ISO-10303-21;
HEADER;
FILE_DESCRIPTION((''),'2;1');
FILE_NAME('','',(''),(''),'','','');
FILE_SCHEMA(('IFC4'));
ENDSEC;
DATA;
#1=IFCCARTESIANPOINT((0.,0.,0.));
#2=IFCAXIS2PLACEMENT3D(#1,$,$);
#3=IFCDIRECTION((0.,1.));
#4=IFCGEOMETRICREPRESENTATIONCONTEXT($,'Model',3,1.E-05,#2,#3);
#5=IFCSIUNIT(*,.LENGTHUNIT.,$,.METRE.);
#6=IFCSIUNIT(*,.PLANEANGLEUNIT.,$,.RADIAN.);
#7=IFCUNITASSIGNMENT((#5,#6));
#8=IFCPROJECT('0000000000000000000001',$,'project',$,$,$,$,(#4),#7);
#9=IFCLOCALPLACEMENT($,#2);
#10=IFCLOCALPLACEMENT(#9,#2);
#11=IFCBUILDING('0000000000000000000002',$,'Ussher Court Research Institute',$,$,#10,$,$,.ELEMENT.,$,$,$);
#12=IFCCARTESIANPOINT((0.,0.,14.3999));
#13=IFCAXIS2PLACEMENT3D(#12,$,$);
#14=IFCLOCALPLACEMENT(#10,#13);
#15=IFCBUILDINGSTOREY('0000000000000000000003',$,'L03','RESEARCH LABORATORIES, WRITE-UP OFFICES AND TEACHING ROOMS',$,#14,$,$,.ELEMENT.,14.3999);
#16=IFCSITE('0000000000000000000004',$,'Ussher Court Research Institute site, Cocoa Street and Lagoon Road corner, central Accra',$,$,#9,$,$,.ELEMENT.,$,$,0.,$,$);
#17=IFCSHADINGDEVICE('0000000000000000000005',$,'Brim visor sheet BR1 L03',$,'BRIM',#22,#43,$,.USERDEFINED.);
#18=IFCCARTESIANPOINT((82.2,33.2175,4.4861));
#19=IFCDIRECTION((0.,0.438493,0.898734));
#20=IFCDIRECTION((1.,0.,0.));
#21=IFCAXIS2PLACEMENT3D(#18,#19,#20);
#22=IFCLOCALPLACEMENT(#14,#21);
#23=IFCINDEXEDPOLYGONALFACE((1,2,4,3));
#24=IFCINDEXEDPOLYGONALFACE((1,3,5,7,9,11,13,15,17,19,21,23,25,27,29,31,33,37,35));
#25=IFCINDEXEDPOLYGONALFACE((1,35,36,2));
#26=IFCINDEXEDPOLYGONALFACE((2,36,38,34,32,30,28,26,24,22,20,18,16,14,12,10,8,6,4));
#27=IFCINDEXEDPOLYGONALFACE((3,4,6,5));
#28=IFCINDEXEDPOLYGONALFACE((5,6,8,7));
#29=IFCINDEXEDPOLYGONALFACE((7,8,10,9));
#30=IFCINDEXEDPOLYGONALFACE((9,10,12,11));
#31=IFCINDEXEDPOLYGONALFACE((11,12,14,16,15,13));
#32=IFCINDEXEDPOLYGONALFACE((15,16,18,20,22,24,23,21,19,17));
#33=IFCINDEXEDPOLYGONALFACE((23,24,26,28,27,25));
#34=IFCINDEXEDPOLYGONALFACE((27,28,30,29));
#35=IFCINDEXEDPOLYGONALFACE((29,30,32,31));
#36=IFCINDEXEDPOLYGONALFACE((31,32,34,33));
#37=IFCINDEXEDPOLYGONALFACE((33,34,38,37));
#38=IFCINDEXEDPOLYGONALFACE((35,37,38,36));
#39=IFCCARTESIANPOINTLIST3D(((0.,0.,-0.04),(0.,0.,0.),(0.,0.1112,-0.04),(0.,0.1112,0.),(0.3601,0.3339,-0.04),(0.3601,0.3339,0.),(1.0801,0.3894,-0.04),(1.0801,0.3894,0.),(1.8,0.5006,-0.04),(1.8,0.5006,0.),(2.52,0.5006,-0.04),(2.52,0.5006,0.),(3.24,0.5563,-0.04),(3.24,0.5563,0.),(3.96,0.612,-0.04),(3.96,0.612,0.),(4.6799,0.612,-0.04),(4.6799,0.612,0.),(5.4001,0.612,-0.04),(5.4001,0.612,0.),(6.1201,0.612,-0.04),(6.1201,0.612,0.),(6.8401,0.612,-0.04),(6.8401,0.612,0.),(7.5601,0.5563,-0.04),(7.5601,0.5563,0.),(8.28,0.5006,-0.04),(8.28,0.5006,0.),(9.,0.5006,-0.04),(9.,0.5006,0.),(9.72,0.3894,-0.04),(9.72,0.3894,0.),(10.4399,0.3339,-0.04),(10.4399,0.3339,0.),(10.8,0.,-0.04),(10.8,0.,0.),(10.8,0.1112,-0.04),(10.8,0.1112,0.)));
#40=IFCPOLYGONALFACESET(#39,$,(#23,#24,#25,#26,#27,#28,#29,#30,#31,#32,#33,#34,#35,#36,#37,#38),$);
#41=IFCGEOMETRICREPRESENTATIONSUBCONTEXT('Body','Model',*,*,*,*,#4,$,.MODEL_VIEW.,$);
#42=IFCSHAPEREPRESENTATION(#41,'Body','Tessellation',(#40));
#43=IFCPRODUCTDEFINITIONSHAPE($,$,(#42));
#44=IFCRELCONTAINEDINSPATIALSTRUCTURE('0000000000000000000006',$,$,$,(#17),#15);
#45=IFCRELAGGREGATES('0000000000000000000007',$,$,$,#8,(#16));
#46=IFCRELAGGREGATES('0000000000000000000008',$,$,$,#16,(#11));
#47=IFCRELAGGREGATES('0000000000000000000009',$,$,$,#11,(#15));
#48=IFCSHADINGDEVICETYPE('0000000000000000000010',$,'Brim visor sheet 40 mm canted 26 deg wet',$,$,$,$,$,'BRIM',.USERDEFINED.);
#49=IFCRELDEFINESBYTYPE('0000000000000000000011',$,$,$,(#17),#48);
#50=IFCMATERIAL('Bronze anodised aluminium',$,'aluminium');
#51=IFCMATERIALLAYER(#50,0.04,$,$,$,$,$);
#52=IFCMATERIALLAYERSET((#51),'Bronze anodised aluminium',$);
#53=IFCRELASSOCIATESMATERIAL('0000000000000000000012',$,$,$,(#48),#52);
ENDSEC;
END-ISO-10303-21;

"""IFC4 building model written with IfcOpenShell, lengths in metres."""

from ifc_helpers import new_model, si_unit, direction, frame, origin, place, context, subcontext, project, spatial, polyline, outline, extrude, material, layer, layer_set, type_object, element, save


model = new_model("IFC4")

# Units and contexts
model_context = context("Model", 3, precision=1e-05, world=origin(), true_north=direction((0.0, 1.0)))
body_context = subcontext(model_context, "Body", "Model", "MODEL_VIEW")
ifc_project = project(units=[si_unit("LENGTHUNIT", "METRE"), si_unit("PLANEANGLEUNIT", "RADIAN")], contexts=[model_context])

# Site, building, storey
site_placement = place(None, origin())
site = spatial("IfcSite", under=ifc_project, at=site_placement, Name="Ussher Court Research Institute site, Cocoa Street and Lagoon Road corner, central Accra", CompositionType="ELEMENT", RefElevation=0.0)
building_placement = place(site_placement, origin())
building = spatial("IfcBuilding", under=site, at=building_placement, Name="Ussher Court Research Institute", CompositionType="ELEMENT")
storey_placement = place(building_placement, frame((0.0, 0.0, 14.3999)))
storey = spatial("IfcBuildingStorey", under=building, at=storey_placement, Name="L03", Description="RESEARCH LABORATORIES, WRITE-UP OFFICES AND TEACHING ROOMS", CompositionType="ELEMENT", Elevation=14.3999)

# Shading device
ifc_material_1 = material(Name="Bronze anodised aluminium", Category="aluminium")
ifc_layer_1 = layer(ifc_material_1, 0.04)
ifc_layer_set_1 = layer_set([ifc_layer_1], Name="Bronze anodised aluminium")
shading_device_type_1 = type_object("IfcShadingDeviceType", Name="Brim visor sheet 40 mm canted 26 deg wet", ElementType="BRIM", PredefinedType="USERDEFINED", material=ifc_layer_set_1)
shading_device_1_placement = place(storey_placement, frame((82.2, 33.2175, 4.4861), z_axis=(0.0, 0.438493, 0.898734), x_axis=(1.0, 0.0, 0.0)))
element("IfcShadingDevice", 1, at=shading_device_1_placement, inside=storey, type_object=shading_device_type_1, Name="Brim visor sheet BR1 L03", ObjectType="BRIM", PredefinedType="USERDEFINED", context=body_context, shape_type="SweptSolid", body=[
    extrude(outline(polyline([(0.0, 0.0), (10.8, 0.0), (10.8, 0.1112), (10.4399, 0.3339), (9.72, 0.3894), (9.0, 0.5006), (8.28, 0.5006), (7.5601, 0.5563), (6.8401, 0.612), (6.1201, 0.612), (5.4001, 0.612), (4.6799, 0.612), (3.96, 0.612), (3.24, 0.5563), (2.52, 0.5006), (1.8, 0.5006), (1.0801, 0.3894), (0.3601, 0.3339), (0.0, 0.1112), (0.0, 0.0)])), origin(), (0.0, 0.0, -1.0), 0.04),
])

save(model, "model.ifc")
